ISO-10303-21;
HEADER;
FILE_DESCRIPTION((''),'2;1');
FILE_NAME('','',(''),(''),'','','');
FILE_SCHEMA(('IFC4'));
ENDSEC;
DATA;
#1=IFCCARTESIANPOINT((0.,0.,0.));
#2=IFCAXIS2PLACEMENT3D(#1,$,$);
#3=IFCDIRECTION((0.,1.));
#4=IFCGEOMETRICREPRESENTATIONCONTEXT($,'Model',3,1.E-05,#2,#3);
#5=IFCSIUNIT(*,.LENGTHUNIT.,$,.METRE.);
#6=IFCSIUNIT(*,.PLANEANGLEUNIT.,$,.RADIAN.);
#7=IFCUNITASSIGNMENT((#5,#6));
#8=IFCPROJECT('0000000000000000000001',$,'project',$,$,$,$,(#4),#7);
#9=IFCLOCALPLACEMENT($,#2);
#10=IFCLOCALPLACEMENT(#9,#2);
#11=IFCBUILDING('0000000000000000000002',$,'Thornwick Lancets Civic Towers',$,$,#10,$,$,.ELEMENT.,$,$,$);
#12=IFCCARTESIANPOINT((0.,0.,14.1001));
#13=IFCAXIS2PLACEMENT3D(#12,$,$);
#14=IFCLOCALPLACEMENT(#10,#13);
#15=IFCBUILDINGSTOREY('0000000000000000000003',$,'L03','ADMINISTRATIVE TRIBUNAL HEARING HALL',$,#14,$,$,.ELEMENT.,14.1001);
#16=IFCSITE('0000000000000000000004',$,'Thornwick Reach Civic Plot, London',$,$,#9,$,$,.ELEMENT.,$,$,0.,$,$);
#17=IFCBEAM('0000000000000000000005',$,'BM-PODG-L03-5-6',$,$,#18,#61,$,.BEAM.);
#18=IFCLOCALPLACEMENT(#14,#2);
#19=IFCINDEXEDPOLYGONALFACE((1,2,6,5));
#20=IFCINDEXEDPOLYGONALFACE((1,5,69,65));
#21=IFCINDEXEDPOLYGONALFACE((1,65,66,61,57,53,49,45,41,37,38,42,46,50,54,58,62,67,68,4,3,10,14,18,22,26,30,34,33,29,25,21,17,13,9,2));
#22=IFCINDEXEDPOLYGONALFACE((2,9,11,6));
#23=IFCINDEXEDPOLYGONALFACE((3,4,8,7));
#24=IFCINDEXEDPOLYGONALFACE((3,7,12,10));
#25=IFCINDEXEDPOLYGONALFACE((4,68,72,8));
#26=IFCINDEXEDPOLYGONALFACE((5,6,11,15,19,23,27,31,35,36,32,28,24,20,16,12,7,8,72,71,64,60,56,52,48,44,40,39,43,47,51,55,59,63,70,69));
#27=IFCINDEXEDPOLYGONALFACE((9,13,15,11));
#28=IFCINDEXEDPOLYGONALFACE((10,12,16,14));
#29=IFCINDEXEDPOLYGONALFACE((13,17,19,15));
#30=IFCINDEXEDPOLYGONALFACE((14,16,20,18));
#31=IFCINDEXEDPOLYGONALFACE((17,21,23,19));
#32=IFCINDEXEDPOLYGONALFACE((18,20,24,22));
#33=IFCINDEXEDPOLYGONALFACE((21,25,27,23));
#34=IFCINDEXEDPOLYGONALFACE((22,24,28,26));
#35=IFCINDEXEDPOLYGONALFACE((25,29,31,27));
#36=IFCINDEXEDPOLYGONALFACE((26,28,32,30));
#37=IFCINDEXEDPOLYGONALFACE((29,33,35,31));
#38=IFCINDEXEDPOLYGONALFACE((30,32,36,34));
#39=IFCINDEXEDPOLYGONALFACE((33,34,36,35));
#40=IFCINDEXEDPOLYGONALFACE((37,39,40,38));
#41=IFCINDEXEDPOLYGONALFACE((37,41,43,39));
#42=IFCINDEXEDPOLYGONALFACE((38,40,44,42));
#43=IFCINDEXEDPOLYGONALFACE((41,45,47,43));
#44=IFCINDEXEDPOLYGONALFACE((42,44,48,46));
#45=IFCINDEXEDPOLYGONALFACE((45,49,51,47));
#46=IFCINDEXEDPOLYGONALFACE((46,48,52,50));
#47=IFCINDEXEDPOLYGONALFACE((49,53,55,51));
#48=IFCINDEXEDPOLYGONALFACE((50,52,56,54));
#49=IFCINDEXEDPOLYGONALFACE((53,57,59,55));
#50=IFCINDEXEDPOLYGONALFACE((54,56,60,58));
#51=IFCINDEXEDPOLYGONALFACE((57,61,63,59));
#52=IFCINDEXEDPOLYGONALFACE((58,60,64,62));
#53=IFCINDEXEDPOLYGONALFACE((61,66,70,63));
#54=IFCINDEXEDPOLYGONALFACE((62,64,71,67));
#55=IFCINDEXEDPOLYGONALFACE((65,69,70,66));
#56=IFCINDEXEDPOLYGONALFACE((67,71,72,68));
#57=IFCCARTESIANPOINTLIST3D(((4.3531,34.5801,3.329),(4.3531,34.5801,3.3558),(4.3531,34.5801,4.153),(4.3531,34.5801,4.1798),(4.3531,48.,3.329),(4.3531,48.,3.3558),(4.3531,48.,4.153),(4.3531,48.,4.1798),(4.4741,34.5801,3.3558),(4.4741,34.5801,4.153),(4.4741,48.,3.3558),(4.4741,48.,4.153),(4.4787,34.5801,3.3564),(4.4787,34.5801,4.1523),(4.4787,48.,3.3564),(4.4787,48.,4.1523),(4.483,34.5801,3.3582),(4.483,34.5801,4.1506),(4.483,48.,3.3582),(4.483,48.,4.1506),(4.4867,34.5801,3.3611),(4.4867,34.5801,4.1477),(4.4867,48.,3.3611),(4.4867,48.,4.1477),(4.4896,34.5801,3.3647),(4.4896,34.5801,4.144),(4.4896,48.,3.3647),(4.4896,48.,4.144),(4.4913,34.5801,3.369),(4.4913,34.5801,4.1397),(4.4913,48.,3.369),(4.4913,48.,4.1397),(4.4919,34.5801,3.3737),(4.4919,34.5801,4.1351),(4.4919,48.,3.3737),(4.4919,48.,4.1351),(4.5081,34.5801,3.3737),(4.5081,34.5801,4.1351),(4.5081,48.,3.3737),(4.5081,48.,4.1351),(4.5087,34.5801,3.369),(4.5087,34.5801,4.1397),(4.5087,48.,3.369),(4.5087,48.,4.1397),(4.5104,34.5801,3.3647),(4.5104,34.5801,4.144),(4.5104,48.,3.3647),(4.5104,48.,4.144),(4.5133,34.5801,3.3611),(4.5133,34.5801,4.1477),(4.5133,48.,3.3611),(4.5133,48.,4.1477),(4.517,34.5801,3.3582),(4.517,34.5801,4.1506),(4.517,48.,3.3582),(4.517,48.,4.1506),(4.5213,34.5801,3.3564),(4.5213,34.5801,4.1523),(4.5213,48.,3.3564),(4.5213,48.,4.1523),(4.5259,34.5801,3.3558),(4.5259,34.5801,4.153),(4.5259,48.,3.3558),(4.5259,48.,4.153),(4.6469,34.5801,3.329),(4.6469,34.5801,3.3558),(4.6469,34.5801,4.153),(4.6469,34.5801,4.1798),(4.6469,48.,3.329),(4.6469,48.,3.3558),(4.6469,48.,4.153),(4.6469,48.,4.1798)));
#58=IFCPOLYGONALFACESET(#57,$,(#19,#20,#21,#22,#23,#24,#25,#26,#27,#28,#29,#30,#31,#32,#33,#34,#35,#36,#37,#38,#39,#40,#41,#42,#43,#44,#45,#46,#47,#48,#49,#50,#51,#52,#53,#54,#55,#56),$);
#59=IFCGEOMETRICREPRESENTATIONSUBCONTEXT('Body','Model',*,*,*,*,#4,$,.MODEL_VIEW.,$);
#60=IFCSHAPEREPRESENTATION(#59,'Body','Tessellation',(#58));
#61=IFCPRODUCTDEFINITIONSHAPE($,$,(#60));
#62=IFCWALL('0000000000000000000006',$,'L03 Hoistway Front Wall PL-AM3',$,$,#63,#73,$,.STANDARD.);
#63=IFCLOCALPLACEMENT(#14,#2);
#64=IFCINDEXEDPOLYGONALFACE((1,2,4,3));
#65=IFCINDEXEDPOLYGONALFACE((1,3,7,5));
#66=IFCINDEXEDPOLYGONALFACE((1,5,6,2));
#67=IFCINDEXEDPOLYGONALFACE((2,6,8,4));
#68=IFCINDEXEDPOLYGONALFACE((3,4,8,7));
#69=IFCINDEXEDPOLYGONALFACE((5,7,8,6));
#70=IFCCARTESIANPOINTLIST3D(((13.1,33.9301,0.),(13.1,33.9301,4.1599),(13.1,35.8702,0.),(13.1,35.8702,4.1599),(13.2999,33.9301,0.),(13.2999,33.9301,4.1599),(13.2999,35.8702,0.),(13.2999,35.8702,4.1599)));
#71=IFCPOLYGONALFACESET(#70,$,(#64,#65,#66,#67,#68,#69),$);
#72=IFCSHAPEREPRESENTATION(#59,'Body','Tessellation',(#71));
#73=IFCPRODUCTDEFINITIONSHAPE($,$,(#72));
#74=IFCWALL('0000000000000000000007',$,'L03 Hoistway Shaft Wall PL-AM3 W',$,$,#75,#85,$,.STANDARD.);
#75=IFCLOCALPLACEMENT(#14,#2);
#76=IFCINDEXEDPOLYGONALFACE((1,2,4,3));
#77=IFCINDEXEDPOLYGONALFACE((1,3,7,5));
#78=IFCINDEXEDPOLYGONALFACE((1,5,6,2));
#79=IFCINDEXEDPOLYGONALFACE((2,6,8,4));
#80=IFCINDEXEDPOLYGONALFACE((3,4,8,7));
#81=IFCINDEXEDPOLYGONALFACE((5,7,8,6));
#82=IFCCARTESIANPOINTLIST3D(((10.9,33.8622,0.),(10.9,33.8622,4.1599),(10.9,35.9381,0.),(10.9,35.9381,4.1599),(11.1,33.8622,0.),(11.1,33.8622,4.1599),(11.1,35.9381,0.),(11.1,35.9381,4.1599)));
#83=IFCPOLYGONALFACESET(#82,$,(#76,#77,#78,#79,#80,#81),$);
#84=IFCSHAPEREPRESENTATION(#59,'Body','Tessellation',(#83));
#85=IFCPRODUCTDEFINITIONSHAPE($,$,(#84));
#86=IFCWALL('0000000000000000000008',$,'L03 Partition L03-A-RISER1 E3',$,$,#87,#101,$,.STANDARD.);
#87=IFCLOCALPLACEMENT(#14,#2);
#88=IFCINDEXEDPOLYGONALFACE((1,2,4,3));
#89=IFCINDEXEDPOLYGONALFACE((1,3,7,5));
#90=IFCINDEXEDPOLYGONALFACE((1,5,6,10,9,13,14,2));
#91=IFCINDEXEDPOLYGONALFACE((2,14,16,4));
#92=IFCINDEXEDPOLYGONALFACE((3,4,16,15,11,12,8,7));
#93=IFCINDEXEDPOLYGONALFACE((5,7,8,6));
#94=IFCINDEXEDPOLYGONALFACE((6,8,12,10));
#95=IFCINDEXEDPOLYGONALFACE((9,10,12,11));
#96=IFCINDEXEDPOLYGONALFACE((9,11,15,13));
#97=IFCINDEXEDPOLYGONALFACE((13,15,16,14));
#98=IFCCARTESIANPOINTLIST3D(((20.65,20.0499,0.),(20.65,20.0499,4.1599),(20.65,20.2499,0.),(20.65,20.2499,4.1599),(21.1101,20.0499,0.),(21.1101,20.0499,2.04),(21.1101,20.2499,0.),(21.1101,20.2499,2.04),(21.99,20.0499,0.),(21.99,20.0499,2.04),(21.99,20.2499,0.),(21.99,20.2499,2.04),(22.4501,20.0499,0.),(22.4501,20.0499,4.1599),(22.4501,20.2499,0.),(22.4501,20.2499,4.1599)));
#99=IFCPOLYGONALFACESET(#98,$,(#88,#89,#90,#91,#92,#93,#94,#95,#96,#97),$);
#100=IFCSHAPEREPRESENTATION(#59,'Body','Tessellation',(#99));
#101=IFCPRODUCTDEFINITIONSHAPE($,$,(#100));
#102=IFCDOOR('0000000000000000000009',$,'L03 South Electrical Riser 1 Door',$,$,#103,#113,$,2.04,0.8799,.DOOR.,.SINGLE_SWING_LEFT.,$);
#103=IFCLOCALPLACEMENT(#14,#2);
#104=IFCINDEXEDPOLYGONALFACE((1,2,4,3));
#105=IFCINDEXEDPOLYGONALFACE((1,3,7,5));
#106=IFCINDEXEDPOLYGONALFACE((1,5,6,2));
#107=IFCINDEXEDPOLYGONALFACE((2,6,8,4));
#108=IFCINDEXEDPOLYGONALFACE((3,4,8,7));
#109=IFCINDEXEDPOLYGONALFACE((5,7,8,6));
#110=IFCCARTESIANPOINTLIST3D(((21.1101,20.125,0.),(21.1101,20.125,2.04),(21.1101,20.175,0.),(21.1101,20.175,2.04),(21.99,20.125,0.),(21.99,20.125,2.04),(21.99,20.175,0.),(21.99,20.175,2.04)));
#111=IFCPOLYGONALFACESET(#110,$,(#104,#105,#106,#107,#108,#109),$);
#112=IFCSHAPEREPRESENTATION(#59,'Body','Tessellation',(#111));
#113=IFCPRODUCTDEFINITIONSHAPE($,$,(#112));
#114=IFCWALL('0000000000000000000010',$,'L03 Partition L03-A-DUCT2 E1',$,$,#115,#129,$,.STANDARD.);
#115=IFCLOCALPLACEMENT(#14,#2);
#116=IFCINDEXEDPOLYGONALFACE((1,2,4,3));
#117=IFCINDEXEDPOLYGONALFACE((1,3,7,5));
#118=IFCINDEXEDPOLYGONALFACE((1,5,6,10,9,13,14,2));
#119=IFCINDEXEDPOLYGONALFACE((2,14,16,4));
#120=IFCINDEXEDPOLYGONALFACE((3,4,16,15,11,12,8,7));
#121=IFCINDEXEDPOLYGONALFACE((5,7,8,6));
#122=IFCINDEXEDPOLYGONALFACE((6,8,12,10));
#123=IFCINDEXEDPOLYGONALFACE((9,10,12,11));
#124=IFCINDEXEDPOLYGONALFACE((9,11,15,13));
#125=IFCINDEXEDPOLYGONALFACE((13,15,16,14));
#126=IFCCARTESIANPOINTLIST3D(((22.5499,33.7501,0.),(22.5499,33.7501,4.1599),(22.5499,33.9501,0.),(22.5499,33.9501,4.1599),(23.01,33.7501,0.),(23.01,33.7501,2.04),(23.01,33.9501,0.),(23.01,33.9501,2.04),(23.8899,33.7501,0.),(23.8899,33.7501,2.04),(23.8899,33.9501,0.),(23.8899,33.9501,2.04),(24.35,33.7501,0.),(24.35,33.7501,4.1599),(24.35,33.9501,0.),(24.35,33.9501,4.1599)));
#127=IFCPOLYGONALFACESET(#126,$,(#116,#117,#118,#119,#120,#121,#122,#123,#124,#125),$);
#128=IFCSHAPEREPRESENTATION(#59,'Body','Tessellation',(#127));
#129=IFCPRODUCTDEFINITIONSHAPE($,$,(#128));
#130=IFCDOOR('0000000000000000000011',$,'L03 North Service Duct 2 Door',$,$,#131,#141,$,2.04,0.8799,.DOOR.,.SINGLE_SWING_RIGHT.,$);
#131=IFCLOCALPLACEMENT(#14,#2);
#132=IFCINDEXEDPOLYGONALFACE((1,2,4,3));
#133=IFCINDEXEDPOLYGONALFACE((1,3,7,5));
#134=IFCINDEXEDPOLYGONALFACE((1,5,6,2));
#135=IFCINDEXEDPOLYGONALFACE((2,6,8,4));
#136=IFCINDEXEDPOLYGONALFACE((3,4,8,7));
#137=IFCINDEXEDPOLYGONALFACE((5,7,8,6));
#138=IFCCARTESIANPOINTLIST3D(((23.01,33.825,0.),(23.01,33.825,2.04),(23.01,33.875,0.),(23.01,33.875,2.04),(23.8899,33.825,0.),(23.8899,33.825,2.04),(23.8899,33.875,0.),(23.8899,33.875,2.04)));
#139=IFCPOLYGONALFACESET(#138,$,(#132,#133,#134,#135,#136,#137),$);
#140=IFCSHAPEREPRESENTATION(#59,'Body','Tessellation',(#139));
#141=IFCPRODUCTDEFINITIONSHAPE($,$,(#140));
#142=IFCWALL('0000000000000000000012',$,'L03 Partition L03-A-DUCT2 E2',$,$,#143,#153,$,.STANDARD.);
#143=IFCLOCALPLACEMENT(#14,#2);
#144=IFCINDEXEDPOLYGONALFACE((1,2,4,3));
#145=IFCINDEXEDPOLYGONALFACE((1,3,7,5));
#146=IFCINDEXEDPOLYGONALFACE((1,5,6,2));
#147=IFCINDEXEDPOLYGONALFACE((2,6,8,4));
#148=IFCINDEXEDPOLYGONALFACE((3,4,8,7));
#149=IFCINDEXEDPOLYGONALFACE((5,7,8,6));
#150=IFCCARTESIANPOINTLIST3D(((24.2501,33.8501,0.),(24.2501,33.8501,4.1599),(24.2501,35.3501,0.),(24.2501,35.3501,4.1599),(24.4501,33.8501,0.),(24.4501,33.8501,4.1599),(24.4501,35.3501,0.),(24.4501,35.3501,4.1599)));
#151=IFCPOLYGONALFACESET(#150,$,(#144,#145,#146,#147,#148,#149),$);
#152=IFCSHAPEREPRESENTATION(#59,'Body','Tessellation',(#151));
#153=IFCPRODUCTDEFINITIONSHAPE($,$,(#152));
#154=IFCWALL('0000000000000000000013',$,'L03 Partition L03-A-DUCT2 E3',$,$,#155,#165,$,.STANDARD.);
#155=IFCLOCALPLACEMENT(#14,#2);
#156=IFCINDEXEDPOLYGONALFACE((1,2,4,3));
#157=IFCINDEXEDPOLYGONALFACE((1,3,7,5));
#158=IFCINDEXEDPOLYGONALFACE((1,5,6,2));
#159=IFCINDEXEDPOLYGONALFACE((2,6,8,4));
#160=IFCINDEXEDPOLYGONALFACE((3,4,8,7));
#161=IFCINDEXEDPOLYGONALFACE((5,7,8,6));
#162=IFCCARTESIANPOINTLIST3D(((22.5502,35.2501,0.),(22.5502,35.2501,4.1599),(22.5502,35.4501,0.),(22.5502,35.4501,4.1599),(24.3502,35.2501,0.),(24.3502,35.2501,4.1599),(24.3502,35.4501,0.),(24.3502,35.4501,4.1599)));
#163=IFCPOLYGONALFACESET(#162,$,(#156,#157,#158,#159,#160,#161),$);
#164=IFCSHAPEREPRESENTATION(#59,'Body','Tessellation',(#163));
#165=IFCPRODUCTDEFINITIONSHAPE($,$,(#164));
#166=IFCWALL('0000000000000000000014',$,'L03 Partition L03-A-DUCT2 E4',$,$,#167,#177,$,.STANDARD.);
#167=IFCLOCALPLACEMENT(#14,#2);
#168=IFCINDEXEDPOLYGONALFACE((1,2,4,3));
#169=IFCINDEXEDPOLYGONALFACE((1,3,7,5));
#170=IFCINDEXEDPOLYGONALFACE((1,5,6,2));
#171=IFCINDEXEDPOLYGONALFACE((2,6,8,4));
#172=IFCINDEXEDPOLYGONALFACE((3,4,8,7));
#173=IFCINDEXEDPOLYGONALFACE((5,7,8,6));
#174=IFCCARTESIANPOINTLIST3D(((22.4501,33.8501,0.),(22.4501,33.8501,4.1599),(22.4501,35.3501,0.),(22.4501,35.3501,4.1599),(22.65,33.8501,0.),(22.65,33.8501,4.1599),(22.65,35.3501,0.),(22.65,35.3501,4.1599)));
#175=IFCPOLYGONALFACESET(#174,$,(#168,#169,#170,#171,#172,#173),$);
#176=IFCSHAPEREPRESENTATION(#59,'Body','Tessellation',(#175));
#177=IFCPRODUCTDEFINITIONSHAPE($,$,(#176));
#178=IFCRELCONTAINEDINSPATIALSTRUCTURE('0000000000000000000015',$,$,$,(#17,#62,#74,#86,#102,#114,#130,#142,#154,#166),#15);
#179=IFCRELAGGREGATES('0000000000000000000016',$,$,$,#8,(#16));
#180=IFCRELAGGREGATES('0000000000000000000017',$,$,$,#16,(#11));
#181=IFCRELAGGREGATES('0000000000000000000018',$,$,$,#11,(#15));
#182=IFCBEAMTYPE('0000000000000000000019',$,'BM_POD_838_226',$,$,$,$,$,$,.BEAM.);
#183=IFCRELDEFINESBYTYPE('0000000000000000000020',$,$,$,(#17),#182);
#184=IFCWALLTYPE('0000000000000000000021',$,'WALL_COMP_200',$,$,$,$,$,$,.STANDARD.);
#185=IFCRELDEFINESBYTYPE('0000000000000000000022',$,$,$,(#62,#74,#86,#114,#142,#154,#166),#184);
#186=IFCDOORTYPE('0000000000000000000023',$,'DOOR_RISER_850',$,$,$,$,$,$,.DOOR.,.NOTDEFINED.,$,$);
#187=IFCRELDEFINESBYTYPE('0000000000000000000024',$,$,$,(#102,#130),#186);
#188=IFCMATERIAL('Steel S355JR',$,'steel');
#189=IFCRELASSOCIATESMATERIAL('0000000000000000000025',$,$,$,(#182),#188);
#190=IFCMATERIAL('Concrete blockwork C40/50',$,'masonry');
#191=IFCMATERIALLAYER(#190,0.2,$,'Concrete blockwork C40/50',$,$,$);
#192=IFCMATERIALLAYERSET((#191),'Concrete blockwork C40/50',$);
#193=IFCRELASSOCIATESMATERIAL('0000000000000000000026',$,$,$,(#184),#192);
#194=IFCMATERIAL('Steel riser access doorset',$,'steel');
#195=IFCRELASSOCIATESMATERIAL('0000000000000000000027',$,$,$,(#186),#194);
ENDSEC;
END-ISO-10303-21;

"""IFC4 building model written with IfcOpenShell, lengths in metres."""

from ifc_helpers import new_model, si_unit, direction, frame, frame_2d, origin, origin_2d, place, context, subcontext, project, spatial, rectangle, i_section, extrude, material, layer, layer_set, material_profile, profile_set, type_object, element, fill, save


model = new_model("IFC4")

# Units and contexts
model_context = context("Model", 3, precision=1e-05, world=origin(), true_north=direction((0.0, 1.0)))
body_context = subcontext(model_context, "Body", "Model", "MODEL_VIEW")
ifc_project = project(units=[si_unit("LENGTHUNIT", "METRE"), si_unit("PLANEANGLEUNIT", "RADIAN")], contexts=[model_context])

# Site, building, storey
site_placement = place(None, origin())
site = spatial("IfcSite", under=ifc_project, at=site_placement, Name="Thornwick Reach Civic Plot, London", CompositionType="ELEMENT", RefElevation=0.0)
building_placement = place(site_placement, origin())
building = spatial("IfcBuilding", under=site, at=building_placement, Name="Thornwick Lancets Civic Towers", CompositionType="ELEMENT")
storey_placement = place(building_placement, frame((0.0, 0.0, 14.1001)))
storey = spatial("IfcBuildingStorey", under=building, at=storey_placement, Name="L03", Description="ADMINISTRATIVE TRIBUNAL HEARING HALL", CompositionType="ELEMENT", Elevation=14.1001)

# Beam
ifc_material_1 = material(Name="Steel S355JR", Category="steel")
ifc_material_profile_1 = material_profile(ifc_material_1, i_section(OverallWidth=0.2937, OverallDepth=0.8508, WebThickness=0.0161, FlangeThickness=0.0269, FilletRadius=0.0178, at=origin_2d()), Name="UKB 838x292x226")
ifc_profile_set_1 = profile_set([ifc_material_profile_1], Name="Steel S355JR")
beam_type_1 = type_object("IfcBeamType", Name="BM_POD_838_226", PredefinedType="BEAM", material=ifc_profile_set_1)
beam_1_placement = place(storey_placement, frame((4.5, 34.5801, 3.7544), z_axis=(0.0, 1.0, 0.0), x_axis=(-1.0, 0.0, 0.0)))
element("IfcBeam", 1, at=beam_1_placement, inside=storey, type_object=beam_type_1, Name="BM-PODG-L03-5-6", PredefinedType="BEAM", context=body_context, shape_type="SweptSolid", body=[
    extrude(i_section(OverallWidth=0.2937, OverallDepth=0.8508, WebThickness=0.0161, FlangeThickness=0.0269, FilletRadius=0.0178, at=origin_2d()), origin(), (0.0, 0.0, 1.0), 13.4199),
])

# Walls
ifc_material_2 = material(Name="Concrete blockwork C40/50", Category="masonry")
ifc_layer_1 = layer(ifc_material_2, 0.2, Name="Concrete blockwork C40/50")
ifc_layer_set_1 = layer_set([ifc_layer_1], Name="Concrete blockwork C40/50")
wall_type_1 = type_object("IfcWallType", Name="WALL_COMP_200", PredefinedType="STANDARD", material=ifc_layer_set_1)
wall_1_placement = place(storey_placement, frame((13.2, 33.9299, 0.0), z_axis=(0.0, 0.0, 1.0), x_axis=(0.0, 1.0, 0.0)))
element("IfcWall", 2, at=wall_1_placement, inside=storey, type_object=wall_type_1, Name="L03 Hoistway Front Wall PL-AM3", PredefinedType="STANDARD", context=body_context, shape_type="SweptSolid", body=[
    extrude(rectangle(XDim=1.9402, YDim=0.2, at=frame_2d((0.9702, 0.0))), origin(), (0.0, 0.0, 1.0), 4.1599),
])
wall_2_placement = place(storey_placement, frame((11.0, 33.8621, 0.0), z_axis=(0.0, 0.0, 1.0), x_axis=(0.0, 1.0, 0.0)))
element("IfcWall", 3, at=wall_2_placement, inside=storey, type_object=wall_type_1, Name="L03 Hoistway Shaft Wall PL-AM3 W", PredefinedType="STANDARD", context=body_context, shape_type="SweptSolid", body=[
    extrude(rectangle(XDim=2.0759, YDim=0.2, at=frame_2d((1.0381, 0.0))), origin(), (0.0, 0.0, 1.0), 4.1599),
])

# Walls, openings, doors
wall_3_placement = place(storey_placement, frame((22.45, 20.1499, 0.0), z_axis=(0.0, 0.0, 1.0), x_axis=(-1.0, 0.0, 0.0)))
wall_3 = element("IfcWall", 4, at=wall_3_placement, inside=storey, type_object=wall_type_1, Name="L03 Partition L03-A-RISER1 E3", PredefinedType="STANDARD", context=body_context, shape_type="SweptSolid", body=[
    extrude(rectangle(XDim=1.8, YDim=0.2, at=frame_2d((0.8999, 0.0))), origin(), (0.0, 0.0, 1.0), 4.1599),
])
opening_1_placement = place(wall_3_placement, frame((0.46, 0.0, 0.0)))
opening_1 = element("IfcOpeningElement", 5, at=opening_1_placement, cuts=wall_3, PredefinedType="OPENING", context=body_context, shape_type="SweptSolid", body=[
    extrude(rectangle(XDim=0.8799, YDim=2.04, at=frame_2d((0.4399, 1.02))), frame((0.0, 0.1099, 0.0), z_axis=(0.0, -1.0, 0.0), x_axis=(1.0, 0.0, 0.0)), (0.0, 0.0, 1.0), 0.22),
])
ifc_material_3 = material(Name="Steel riser access doorset", Category="steel")
door_type_1 = type_object("IfcDoorType", Name="DOOR_RISER_850", OperationType="NOTDEFINED", PredefinedType="DOOR", material=ifc_material_3)
door_1_placement = place(opening_1_placement, origin())
door_1 = element("IfcDoor", 6, at=door_1_placement, inside=storey, type_object=door_type_1, Name="L03 South Electrical Riser 1 Door", OperationType="SINGLE_SWING_LEFT", OverallHeight=2.04, OverallWidth=0.8799, PredefinedType="DOOR", context=body_context, shape_type="SweptSolid", body=[
    extrude(rectangle(XDim=0.8799, YDim=2.04, at=frame_2d((0.4399, 1.02))), frame((0.0, 0.0249, 0.0), z_axis=(0.0, -1.0, 0.0), x_axis=(1.0, 0.0, 0.0)), (0.0, 0.0, 1.0), 0.05),
])
fill(opening_1, door_1)
wall_4_placement = place(storey_placement, frame((22.55, 33.8501, 0.0), z_axis=(0.0, 0.0, 1.0), x_axis=(1.0, 0.0, 0.0)))
wall_4 = element("IfcWall", 7, at=wall_4_placement, inside=storey, type_object=wall_type_1, Name="L03 Partition L03-A-DUCT2 E1", PredefinedType="STANDARD", context=body_context, shape_type="SweptSolid", body=[
    extrude(rectangle(XDim=1.8, YDim=0.2, at=frame_2d((0.8999, 0.0))), origin(), (0.0, 0.0, 1.0), 4.1599),
])
opening_2_placement = place(wall_4_placement, frame((0.46, 0.0, 0.0)))
opening_2 = element("IfcOpeningElement", 8, at=opening_2_placement, cuts=wall_4, PredefinedType="OPENING", context=body_context, shape_type="SweptSolid", body=[
    extrude(rectangle(XDim=0.8799, YDim=2.04, at=frame_2d((0.4399, 1.02))), frame((0.0, 0.1099, 0.0), z_axis=(0.0, -1.0, 0.0), x_axis=(1.0, 0.0, 0.0)), (0.0, 0.0, 1.0), 0.22),
])
door_2_placement = place(opening_2_placement, origin())
door_2 = element("IfcDoor", 9, at=door_2_placement, inside=storey, type_object=door_type_1, Name="L03 North Service Duct 2 Door", OperationType="SINGLE_SWING_RIGHT", OverallHeight=2.04, OverallWidth=0.8799, PredefinedType="DOOR", context=body_context, shape_type="SweptSolid", body=[
    extrude(rectangle(XDim=0.8799, YDim=2.04, at=frame_2d((0.4399, 1.02))), frame((0.0, 0.0249, 0.0), z_axis=(0.0, -1.0, 0.0), x_axis=(1.0, 0.0, 0.0)), (0.0, 0.0, 1.0), 0.05),
])
fill(opening_2, door_2)

# Walls
wall_5_placement = place(storey_placement, frame((24.3501, 33.8501, 0.0), z_axis=(0.0, 0.0, 1.0), x_axis=(0.0, 1.0, 0.0)))
element("IfcWall", 10, at=wall_5_placement, inside=storey, type_object=wall_type_1, Name="L03 Partition L03-A-DUCT2 E2", PredefinedType="STANDARD", context=body_context, shape_type="SweptSolid", body=[
    extrude(rectangle(XDim=1.5, YDim=0.2, at=frame_2d((0.75, 0.0))), origin(), (0.0, 0.0, 1.0), 4.1599),
])
wall_6_placement = place(storey_placement, frame((24.3501, 35.3501, 0.0), z_axis=(0.0, 0.0, 1.0), x_axis=(-1.0, 0.0, 0.0)))
element("IfcWall", 11, at=wall_6_placement, inside=storey, type_object=wall_type_1, Name="L03 Partition L03-A-DUCT2 E3", PredefinedType="STANDARD", context=body_context, shape_type="SweptSolid", body=[
    extrude(rectangle(XDim=1.8, YDim=0.2, at=frame_2d((0.8999, 0.0))), origin(), (0.0, 0.0, 1.0), 4.1599),
])
wall_7_placement = place(storey_placement, frame((22.55, 35.3501, 0.0), z_axis=(0.0, 0.0, 1.0), x_axis=(0.0, -1.0, 0.0)))
element("IfcWall", 12, at=wall_7_placement, inside=storey, type_object=wall_type_1, Name="L03 Partition L03-A-DUCT2 E4", PredefinedType="STANDARD", context=body_context, shape_type="SweptSolid", body=[
    extrude(rectangle(XDim=1.5, YDim=0.2, at=frame_2d((0.75, 0.0))), origin(), (0.0, 0.0, 1.0), 4.1599),
])

save(model, "model.ifc")
